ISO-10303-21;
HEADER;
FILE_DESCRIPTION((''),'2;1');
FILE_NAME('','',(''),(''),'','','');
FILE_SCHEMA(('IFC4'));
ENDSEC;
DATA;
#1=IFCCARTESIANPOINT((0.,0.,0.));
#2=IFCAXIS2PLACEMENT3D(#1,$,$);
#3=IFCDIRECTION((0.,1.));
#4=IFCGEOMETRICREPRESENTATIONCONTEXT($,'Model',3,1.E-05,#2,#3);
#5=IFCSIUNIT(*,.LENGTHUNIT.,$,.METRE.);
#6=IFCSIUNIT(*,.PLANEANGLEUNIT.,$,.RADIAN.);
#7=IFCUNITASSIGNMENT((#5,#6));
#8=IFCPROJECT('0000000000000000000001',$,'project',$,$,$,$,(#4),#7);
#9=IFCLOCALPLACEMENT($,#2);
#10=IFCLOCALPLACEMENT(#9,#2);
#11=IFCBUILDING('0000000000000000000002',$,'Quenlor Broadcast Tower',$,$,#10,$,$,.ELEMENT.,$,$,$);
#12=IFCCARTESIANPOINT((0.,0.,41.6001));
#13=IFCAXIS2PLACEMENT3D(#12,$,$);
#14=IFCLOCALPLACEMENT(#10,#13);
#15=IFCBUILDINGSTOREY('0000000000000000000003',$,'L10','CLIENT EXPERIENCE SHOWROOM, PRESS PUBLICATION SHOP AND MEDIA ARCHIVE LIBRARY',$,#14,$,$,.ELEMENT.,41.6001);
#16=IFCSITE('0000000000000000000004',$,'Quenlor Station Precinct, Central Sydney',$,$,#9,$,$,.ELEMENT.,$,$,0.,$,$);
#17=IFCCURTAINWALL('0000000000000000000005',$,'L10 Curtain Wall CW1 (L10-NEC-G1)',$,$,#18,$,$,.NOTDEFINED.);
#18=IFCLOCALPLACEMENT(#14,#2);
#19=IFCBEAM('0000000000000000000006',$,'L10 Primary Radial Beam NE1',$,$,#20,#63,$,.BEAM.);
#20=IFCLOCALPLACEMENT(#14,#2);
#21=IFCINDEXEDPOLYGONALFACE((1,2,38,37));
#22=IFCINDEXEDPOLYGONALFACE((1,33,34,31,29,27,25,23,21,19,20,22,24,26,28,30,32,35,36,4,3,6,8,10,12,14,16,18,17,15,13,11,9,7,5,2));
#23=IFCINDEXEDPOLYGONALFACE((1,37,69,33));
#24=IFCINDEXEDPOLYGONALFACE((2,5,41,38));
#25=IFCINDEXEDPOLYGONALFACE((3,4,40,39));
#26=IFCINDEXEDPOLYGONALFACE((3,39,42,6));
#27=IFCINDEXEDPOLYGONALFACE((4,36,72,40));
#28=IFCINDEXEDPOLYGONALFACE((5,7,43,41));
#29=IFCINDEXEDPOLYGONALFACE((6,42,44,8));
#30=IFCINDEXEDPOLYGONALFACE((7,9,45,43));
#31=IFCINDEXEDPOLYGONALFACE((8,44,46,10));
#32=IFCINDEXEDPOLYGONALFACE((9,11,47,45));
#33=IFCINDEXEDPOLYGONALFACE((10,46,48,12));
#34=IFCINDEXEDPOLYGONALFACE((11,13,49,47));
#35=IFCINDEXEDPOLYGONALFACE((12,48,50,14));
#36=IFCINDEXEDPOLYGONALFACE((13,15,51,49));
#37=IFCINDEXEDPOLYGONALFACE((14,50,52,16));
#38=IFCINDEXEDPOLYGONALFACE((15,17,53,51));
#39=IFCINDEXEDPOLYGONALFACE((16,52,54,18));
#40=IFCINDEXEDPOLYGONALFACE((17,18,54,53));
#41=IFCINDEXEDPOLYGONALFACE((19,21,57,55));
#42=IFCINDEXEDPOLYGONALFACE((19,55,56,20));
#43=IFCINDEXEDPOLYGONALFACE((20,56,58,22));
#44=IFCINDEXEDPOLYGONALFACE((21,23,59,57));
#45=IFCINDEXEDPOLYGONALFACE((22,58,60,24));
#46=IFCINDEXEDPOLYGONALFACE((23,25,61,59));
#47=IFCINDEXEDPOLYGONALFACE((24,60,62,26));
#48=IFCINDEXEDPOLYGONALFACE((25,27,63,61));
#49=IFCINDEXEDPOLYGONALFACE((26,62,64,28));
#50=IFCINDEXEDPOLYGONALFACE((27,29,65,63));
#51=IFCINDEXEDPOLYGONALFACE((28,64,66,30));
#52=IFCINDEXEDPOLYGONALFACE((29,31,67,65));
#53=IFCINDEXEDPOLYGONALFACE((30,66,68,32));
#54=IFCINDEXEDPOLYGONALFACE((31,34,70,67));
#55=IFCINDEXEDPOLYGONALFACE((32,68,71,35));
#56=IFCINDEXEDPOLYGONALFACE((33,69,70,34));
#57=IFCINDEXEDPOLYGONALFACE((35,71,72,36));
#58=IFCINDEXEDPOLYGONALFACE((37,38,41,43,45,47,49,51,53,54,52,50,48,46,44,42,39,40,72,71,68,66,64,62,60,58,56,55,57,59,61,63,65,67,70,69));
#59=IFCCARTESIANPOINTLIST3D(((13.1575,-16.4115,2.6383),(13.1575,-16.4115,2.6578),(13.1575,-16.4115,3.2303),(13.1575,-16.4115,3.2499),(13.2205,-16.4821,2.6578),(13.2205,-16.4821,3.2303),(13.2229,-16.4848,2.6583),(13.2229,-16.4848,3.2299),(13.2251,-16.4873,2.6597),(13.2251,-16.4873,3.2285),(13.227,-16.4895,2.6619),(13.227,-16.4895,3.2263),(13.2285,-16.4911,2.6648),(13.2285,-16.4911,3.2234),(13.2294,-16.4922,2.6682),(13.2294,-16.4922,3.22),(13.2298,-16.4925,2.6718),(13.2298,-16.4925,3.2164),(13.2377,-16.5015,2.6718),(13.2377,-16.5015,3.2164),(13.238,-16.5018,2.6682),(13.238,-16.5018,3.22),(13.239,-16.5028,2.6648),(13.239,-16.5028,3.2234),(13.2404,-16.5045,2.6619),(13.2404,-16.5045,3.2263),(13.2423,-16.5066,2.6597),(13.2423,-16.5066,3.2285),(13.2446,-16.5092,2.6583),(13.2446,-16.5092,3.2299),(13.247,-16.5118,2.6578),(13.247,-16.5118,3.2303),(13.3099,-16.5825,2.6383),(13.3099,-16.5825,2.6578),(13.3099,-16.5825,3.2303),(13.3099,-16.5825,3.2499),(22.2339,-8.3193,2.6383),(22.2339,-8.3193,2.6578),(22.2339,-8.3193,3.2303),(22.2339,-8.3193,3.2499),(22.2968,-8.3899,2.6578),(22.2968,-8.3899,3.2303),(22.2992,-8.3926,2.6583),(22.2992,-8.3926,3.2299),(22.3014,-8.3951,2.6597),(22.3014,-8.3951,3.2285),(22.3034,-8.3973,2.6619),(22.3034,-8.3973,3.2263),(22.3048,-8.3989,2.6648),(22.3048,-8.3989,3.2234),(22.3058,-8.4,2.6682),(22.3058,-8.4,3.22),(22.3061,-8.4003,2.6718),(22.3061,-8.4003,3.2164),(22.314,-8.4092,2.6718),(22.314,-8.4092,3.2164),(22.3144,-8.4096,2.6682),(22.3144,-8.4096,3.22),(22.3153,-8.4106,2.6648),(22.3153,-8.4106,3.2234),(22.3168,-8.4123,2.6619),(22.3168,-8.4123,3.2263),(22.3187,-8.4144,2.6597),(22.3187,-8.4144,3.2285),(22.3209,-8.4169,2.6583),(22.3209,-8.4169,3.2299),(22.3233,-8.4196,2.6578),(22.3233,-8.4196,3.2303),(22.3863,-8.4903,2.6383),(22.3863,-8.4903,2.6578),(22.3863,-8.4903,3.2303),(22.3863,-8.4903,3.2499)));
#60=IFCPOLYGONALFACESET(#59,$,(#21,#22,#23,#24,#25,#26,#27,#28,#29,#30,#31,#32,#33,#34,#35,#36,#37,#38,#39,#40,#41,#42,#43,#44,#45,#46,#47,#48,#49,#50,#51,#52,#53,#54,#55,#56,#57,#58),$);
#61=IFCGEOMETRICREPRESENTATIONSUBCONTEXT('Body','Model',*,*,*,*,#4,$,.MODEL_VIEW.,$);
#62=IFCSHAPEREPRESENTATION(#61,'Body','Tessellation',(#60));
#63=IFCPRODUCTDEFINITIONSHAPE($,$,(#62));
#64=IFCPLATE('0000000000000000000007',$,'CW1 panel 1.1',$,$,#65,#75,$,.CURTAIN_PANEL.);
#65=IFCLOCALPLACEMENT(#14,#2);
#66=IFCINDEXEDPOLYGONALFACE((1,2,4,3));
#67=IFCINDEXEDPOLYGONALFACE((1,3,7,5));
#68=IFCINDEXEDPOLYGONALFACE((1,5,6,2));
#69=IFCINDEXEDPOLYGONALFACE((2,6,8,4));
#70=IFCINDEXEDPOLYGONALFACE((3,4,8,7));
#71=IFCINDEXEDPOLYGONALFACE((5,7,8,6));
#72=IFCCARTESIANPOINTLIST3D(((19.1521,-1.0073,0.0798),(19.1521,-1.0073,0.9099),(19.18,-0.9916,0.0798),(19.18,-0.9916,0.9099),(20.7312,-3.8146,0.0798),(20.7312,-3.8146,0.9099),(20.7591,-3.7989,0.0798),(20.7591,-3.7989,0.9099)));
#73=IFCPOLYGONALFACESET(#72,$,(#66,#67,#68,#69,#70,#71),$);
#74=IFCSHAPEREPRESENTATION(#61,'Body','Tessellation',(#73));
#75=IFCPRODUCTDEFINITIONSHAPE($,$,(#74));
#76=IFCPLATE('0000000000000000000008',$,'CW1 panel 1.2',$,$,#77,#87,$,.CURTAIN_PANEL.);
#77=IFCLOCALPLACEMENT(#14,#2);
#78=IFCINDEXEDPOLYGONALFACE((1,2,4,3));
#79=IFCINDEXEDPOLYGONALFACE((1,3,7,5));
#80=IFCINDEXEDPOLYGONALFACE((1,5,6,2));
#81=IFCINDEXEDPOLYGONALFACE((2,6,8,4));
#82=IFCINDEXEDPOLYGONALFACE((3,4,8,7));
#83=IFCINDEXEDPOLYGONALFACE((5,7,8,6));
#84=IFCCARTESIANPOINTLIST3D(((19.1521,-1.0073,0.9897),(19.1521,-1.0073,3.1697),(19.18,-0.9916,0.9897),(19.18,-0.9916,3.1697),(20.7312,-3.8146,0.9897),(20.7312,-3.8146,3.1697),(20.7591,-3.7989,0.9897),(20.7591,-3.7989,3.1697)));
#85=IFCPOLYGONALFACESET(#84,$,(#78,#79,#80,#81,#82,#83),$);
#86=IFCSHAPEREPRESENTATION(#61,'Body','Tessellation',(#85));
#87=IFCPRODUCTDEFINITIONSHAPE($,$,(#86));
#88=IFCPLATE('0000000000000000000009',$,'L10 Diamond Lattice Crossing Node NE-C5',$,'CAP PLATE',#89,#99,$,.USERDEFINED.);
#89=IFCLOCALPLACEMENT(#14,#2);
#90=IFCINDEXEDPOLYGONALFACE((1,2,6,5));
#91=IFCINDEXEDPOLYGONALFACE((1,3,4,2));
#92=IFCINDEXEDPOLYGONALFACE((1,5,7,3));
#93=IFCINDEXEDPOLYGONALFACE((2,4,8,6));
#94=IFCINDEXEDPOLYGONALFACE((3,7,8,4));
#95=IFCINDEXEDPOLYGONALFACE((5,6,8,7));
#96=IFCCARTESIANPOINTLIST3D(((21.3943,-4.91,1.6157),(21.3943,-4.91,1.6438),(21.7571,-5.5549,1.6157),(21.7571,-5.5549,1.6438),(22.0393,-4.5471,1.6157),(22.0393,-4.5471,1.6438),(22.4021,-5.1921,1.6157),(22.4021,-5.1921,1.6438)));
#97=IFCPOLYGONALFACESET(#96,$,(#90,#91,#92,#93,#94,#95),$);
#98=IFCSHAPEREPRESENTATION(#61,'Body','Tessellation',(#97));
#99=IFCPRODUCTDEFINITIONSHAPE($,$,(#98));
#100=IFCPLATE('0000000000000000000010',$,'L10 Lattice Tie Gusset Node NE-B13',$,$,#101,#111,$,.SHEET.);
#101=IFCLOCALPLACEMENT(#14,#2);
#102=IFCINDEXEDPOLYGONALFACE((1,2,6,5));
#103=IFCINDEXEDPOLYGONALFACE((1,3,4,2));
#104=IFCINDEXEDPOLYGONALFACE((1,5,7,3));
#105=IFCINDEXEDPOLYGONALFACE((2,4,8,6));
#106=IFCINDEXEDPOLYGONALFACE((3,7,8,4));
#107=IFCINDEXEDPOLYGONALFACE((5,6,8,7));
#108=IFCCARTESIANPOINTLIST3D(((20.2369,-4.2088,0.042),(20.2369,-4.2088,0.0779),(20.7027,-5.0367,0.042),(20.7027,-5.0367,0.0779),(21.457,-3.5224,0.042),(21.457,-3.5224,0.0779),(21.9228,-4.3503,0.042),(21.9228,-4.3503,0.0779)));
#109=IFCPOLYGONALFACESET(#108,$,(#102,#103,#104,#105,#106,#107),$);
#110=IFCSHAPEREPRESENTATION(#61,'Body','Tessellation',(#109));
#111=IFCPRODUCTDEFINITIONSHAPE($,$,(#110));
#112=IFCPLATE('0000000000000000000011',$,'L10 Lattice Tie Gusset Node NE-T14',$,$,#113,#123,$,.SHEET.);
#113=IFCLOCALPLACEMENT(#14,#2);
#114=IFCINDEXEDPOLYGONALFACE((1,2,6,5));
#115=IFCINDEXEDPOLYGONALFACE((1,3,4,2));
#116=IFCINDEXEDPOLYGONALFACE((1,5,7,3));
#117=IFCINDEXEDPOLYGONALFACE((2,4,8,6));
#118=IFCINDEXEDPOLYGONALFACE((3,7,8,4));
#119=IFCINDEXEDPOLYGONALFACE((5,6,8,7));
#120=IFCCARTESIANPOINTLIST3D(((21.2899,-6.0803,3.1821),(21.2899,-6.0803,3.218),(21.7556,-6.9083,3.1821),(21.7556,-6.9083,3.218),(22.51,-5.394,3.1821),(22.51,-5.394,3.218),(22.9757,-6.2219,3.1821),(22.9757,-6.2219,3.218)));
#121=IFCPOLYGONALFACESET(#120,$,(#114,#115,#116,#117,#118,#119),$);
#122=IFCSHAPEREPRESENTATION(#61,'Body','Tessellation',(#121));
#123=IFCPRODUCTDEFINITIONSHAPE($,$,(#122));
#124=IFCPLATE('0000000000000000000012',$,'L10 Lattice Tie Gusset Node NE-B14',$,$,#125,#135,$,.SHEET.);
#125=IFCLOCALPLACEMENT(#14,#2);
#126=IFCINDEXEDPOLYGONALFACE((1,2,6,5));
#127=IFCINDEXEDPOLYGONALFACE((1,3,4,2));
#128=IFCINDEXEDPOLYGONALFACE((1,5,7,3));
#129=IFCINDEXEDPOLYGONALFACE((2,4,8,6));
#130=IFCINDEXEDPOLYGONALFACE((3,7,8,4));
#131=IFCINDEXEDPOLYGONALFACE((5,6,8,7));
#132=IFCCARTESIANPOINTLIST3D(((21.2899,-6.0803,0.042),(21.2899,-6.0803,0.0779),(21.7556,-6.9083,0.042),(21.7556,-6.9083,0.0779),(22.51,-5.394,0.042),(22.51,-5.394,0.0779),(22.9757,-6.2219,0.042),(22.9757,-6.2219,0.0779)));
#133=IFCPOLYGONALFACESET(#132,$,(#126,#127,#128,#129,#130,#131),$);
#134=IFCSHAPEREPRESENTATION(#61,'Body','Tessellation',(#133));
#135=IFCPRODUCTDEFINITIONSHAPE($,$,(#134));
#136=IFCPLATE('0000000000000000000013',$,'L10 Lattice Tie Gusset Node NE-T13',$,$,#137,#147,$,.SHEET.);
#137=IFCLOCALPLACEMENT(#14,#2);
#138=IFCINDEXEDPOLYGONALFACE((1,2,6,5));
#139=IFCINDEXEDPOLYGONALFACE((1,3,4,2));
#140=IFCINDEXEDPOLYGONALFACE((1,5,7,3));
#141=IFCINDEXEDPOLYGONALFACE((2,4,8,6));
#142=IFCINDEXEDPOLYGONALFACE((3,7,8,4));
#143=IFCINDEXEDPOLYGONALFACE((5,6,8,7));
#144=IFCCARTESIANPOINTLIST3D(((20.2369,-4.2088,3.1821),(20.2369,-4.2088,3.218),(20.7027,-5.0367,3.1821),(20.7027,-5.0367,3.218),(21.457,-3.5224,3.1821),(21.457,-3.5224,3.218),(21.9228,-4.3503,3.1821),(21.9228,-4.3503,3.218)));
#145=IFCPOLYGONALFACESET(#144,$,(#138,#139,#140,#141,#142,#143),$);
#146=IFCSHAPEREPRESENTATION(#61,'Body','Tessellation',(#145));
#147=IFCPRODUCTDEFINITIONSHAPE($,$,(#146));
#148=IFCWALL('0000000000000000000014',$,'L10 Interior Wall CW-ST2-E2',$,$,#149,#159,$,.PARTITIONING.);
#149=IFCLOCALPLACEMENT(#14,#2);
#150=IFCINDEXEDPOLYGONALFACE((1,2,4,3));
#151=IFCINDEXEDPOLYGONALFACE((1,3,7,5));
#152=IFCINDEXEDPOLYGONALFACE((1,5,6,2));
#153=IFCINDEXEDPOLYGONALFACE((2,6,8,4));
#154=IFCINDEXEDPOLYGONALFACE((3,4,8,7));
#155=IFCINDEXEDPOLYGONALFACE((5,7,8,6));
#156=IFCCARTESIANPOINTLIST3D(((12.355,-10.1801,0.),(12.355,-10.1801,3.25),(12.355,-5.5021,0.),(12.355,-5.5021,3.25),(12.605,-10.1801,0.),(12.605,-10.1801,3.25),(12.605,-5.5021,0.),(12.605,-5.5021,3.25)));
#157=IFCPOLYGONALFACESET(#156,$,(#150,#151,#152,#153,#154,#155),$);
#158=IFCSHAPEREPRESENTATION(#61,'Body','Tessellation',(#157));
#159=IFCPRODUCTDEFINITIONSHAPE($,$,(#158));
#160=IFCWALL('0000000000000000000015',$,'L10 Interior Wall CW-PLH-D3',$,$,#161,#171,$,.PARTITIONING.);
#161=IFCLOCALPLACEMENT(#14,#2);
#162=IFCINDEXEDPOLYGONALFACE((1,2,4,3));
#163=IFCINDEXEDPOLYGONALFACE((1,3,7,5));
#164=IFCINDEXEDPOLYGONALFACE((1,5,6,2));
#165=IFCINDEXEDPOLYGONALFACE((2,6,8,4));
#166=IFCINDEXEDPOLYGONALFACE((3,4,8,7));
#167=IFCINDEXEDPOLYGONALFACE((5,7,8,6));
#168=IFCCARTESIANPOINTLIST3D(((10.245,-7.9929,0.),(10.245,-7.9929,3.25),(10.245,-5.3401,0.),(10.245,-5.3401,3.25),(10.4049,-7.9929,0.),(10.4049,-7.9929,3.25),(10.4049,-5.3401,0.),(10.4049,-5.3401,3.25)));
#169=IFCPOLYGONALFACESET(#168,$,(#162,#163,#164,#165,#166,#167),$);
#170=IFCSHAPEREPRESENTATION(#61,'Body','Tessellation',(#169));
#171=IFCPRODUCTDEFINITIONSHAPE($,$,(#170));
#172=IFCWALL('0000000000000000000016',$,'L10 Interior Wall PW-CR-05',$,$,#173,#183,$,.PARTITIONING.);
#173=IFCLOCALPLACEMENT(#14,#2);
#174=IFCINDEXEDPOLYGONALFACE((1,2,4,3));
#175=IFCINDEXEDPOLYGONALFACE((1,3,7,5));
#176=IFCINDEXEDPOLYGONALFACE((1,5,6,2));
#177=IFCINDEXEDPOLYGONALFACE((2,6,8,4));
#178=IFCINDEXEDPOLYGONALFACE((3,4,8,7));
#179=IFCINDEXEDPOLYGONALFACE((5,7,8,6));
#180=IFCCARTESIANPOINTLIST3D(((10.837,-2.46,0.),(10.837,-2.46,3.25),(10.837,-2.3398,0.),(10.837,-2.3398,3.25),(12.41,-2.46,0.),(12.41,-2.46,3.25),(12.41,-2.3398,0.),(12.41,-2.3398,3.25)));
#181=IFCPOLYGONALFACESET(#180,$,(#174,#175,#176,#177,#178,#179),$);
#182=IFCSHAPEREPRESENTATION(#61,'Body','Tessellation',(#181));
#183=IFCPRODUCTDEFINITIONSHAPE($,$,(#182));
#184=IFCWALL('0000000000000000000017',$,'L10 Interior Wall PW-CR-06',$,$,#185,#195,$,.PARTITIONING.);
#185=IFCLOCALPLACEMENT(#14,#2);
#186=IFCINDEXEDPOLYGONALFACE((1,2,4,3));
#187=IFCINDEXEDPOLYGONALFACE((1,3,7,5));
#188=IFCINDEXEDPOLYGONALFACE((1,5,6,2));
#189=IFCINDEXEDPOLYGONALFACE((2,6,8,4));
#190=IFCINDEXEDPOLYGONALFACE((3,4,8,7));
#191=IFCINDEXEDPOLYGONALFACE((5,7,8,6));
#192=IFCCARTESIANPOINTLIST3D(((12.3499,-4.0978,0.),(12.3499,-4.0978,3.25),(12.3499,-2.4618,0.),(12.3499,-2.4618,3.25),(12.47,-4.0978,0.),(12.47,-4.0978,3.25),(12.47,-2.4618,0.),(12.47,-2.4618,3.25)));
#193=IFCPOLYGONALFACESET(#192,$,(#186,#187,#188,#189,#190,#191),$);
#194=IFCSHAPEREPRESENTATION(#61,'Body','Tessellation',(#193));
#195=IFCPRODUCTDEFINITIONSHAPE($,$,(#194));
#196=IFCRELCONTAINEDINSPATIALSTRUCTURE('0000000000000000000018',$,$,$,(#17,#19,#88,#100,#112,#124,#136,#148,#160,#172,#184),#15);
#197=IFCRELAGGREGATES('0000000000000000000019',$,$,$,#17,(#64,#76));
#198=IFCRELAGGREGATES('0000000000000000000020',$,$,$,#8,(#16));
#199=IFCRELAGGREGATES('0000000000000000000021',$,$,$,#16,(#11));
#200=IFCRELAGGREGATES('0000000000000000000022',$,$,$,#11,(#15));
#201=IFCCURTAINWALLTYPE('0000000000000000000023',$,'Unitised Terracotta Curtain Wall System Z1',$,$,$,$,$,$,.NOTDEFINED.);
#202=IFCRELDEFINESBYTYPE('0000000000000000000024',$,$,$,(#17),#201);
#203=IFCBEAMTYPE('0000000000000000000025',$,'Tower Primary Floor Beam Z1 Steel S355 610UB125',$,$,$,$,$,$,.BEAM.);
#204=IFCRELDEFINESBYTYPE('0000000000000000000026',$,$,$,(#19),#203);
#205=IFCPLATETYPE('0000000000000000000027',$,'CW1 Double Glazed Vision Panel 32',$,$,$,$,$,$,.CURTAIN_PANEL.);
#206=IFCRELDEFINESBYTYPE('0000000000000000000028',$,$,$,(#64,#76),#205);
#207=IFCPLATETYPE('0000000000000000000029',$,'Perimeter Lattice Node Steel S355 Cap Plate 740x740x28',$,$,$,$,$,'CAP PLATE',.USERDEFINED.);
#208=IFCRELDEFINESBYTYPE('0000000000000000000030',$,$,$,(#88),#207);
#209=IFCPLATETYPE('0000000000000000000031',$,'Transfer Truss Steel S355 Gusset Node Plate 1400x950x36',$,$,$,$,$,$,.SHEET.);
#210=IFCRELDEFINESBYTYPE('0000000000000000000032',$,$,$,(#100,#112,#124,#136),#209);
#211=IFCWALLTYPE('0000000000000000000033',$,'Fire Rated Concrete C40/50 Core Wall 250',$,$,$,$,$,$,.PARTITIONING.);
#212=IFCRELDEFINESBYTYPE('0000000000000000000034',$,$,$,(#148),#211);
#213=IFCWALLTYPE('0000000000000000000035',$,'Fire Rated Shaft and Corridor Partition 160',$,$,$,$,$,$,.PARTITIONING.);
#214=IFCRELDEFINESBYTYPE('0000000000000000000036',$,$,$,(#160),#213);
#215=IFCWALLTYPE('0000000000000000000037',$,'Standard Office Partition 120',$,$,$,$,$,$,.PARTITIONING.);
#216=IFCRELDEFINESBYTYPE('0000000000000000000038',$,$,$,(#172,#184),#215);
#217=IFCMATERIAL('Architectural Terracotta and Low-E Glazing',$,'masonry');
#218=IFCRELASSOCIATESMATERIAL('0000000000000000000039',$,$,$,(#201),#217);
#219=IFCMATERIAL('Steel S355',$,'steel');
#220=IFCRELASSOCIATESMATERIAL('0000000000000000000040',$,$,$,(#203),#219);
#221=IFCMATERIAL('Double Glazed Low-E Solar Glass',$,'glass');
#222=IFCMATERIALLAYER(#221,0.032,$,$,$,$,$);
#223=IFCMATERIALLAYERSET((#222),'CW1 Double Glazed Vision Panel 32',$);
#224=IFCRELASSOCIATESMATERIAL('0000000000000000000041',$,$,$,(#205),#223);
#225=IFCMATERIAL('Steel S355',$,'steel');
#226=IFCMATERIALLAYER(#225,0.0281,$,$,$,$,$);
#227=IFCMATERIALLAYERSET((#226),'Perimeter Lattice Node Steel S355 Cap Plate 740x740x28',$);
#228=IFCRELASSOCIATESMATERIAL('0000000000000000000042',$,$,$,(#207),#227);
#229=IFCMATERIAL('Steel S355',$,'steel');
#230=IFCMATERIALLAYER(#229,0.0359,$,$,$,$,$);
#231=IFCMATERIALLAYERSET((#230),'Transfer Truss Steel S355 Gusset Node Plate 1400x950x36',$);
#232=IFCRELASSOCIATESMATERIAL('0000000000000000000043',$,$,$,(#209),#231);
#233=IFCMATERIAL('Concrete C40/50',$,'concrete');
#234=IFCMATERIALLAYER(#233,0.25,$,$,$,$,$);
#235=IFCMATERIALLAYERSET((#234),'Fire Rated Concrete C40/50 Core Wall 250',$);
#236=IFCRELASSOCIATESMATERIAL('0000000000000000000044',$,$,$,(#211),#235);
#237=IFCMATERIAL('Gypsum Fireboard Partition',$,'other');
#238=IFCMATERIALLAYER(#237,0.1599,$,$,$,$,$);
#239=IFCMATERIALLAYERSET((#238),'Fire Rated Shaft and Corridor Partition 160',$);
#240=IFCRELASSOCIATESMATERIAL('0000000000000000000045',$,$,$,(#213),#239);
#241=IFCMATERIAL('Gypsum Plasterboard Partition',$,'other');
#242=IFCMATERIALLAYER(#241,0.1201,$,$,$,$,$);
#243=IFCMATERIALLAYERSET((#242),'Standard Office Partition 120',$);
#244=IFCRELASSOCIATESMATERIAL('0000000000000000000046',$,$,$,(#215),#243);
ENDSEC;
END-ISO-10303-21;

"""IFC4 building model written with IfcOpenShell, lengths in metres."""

from ifc_helpers import new_model, si_unit, direction, frame, frame_2d, origin, origin_2d, place, context, subcontext, project, spatial, rectangle, i_section, extrude, material, layer, layer_set, material_profile, profile_set, type_object, element, aggregate, save


model = new_model("IFC4")

# Units and contexts
model_context = context("Model", 3, precision=1e-05, world=origin(), true_north=direction((0.0, 1.0)))
body_context = subcontext(model_context, "Body", "Model", "MODEL_VIEW")
ifc_project = project(units=[si_unit("LENGTHUNIT", "METRE"), si_unit("PLANEANGLEUNIT", "RADIAN")], contexts=[model_context])

# Site, building, storey
site_placement = place(None, origin())
site = spatial("IfcSite", under=ifc_project, at=site_placement, Name="Quenlor Station Precinct, Central Sydney", CompositionType="ELEMENT", RefElevation=0.0)
building_placement = place(site_placement, origin())
building = spatial("IfcBuilding", under=site, at=building_placement, Name="Quenlor Broadcast Tower", CompositionType="ELEMENT")
storey_placement = place(building_placement, frame((0.0, 0.0, 41.6001)))
storey = spatial("IfcBuildingStorey", under=building, at=storey_placement, Name="L10", Description="CLIENT EXPERIENCE SHOWROOM, PRESS PUBLICATION SHOP AND MEDIA ARCHIVE LIBRARY", CompositionType="ELEMENT", Elevation=41.6001)

# Curtain wall
ifc_material_1 = material(Name="Architectural Terracotta and Low-E Glazing", Category="masonry")
curtain_wall_type = type_object("IfcCurtainWallType", Name="Unitised Terracotta Curtain Wall System Z1", PredefinedType="NOTDEFINED", material=ifc_material_1)
curtain_wall_placement = place(storey_placement, origin())
curtain_wall = element("IfcCurtainWall", 1, at=curtain_wall_placement, inside=storey, type_object=curtain_wall_type, Name="L10 Curtain Wall CW1 (L10-NEC-G1)", PredefinedType="NOTDEFINED")

# Beam
ifc_material_2 = material(Name="Steel S355", Category="steel")
ifc_material_profile_1 = material_profile(ifc_material_2, i_section(OverallWidth=0.229, OverallDepth=0.6116, WebThickness=0.012, FlangeThickness=0.0195, FilletRadius=0.0139, at=origin_2d()))
ifc_profile_set_1 = profile_set([ifc_material_profile_1], Name="Steel S355 610UB125")
beam_type_1 = type_object("IfcBeamType", Name="Tower Primary Floor Beam Z1 Steel S355 610UB125", PredefinedType="BEAM", material=ifc_profile_set_1)
beam_1_placement = place(storey_placement, frame((22.3101, -8.4048, 2.9441), z_axis=(-0.746414, -0.665482, 0.0), x_axis=(0.665482, -0.746414, 0.0)))
element("IfcBeam", 2, at=beam_1_placement, inside=storey, type_object=beam_type_1, Name="L10 Primary Radial Beam NE1", PredefinedType="BEAM", context=body_context, shape_type="SweptSolid", body=[
    extrude(i_section(OverallWidth=0.229, OverallDepth=0.6116, WebThickness=0.012, FlangeThickness=0.0195, FilletRadius=0.0139, at=origin_2d()), origin(), (0.0, 0.0, 1.0), 12.1599),
])

# Plates
ifc_material_3 = material(Name="Double Glazed Low-E Solar Glass", Category="glass")
ifc_layer_1 = layer(ifc_material_3, 0.032)
ifc_layer_set_1 = layer_set([ifc_layer_1], Name="CW1 Double Glazed Vision Panel 32")
plate_type_1 = type_object("IfcPlateType", Name="CW1 Double Glazed Vision Panel 32", PredefinedType="CURTAIN_PANEL", material=ifc_layer_set_1)
plate_1_placement = place(storey_placement, frame((19.9556, -2.4031, 0.0798), z_axis=(0.0, 0.0, 1.0), x_axis=(0.490257, -0.871578, 0.0)))
plate_1 = element("IfcPlate", 3, at=plate_1_placement, type_object=plate_type_1, Name="CW1 panel 1.1", PredefinedType="CURTAIN_PANEL", context=body_context, shape_type="SweptSolid", body=[
    extrude(rectangle(XDim=3.2209, YDim=0.032, at=origin_2d()), origin(), (0.0, 0.0, 1.0), 0.8301),
])
plate_2_placement = place(storey_placement, frame((19.9556, -2.4031, 0.9897), z_axis=(0.0, 0.0, 1.0), x_axis=(0.490257, -0.871578, 0.0)))
plate_2 = element("IfcPlate", 4, at=plate_2_placement, type_object=plate_type_1, Name="CW1 panel 1.2", PredefinedType="CURTAIN_PANEL", context=body_context, shape_type="SweptSolid", body=[
    extrude(rectangle(XDim=3.2209, YDim=0.032, at=origin_2d()), origin(), (0.0, 0.0, 1.0), 2.1799),
])
aggregate(curtain_wall, [plate_1, plate_2])

# Plates
ifc_material_4 = material(Name="Steel S355", Category="steel")
ifc_layer_2 = layer(ifc_material_4, 0.0281)
ifc_layer_set_2 = layer_set([ifc_layer_2], Name="Perimeter Lattice Node Steel S355 Cap Plate 740x740x28")
plate_type_2 = type_object("IfcPlateType", Name="Perimeter Lattice Node Steel S355 Cap Plate 740x740x28", ElementType="CAP PLATE", PredefinedType="USERDEFINED", material=ifc_layer_set_2)
plate_3_placement = place(storey_placement, frame((21.8982, -5.051, 1.6157), z_axis=(0.0, 0.0, 1.0), x_axis=(0.490295, -0.871556, 0.0)))
element("IfcPlate", 5, at=plate_3_placement, inside=storey, type_object=plate_type_2, Name="L10 Diamond Lattice Crossing Node NE-C5", ObjectType="CAP PLATE", PredefinedType="USERDEFINED", context=body_context, shape_type="SweptSolid", body=[
    extrude(rectangle(XDim=0.74, YDim=0.74, at=origin_2d()), origin(), (0.0, 0.0, 1.0), 0.0281),
])
ifc_material_5 = material(Name="Steel S355", Category="steel")
ifc_layer_3 = layer(ifc_material_5, 0.0359)
ifc_layer_set_3 = layer_set([ifc_layer_3], Name="Transfer Truss Steel S355 Gusset Node Plate 1400x950x36")
plate_type_3 = type_object("IfcPlateType", Name="Transfer Truss Steel S355 Gusset Node Plate 1400x950x36", PredefinedType="SHEET", material=ifc_layer_set_3)
for number, where, z_axis, x_axis, name in (
    (6, (21.0798, -4.2795, 0.042), (0.0, 0.0, 1.0), (0.871556, 0.490295, 0.0), "L10 Lattice Tie Gusset Node NE-B13"),
    (7, (22.1328, -6.1511, 3.1821), (0.0, 0.0, 1.0), (0.871556, 0.490295, 0.0), "L10 Lattice Tie Gusset Node NE-T14"),
    (8, (22.1328, -6.1511, 0.042), (0.0, 0.0, 1.0), (0.871556, 0.490295, 0.0), "L10 Lattice Tie Gusset Node NE-B14"),
    (9, (21.0798, -4.2795, 3.1821), (0.0, 0.0, 1.0), (0.871556, 0.490295, 0.0), "L10 Lattice Tie Gusset Node NE-T13"),
):
    element("IfcPlate", number, at=place(storey_placement, frame(where, z_axis=z_axis, x_axis=x_axis)), inside=storey, type_object=plate_type_3, Name=name, PredefinedType="SHEET", context=body_context, shape_type="SweptSolid", body=[
        extrude(rectangle(XDim=1.3999, YDim=0.95, at=origin_2d()), origin(), (0.0, 0.0, 1.0), 0.0359),
    ])

# Walls
ifc_material_6 = material(Name="Concrete C40/50", Category="concrete")
ifc_layer_4 = layer(ifc_material_6, 0.25)
ifc_layer_set_4 = layer_set([ifc_layer_4], Name="Fire Rated Concrete C40/50 Core Wall 250")
wall_type_1 = type_object("IfcWallType", Name="Fire Rated Concrete C40/50 Core Wall 250", PredefinedType="PARTITIONING", material=ifc_layer_set_4)
wall_1_placement = place(storey_placement, frame((12.48, -10.1799, 0.0), z_axis=(0.0, 0.0, 1.0), x_axis=(0.0, 1.0, 0.0)))
element("IfcWall", 10, at=wall_1_placement, inside=storey, type_object=wall_type_1, Name="L10 Interior Wall CW-ST2-E2", PredefinedType="PARTITIONING", context=body_context, shape_type="SweptSolid", body=[
    extrude(rectangle(XDim=4.678, YDim=0.25, at=frame_2d((2.3389, 0.0))), origin(), (0.0, 0.0, 1.0), 3.25),
])
ifc_material_7 = material(Name="Gypsum Fireboard Partition", Category="other")
ifc_layer_5 = layer(ifc_material_7, 0.1599)
ifc_layer_set_5 = layer_set([ifc_layer_5], Name="Fire Rated Shaft and Corridor Partition 160")
wall_type_2 = type_object("IfcWallType", Name="Fire Rated Shaft and Corridor Partition 160", PredefinedType="PARTITIONING", material=ifc_layer_set_5)
wall_2_placement = place(storey_placement, frame((10.325, -7.9929, 0.0), z_axis=(0.0, 0.0, 1.0), x_axis=(0.0, 1.0, 0.0)))
element("IfcWall", 11, at=wall_2_placement, inside=storey, type_object=wall_type_2, Name="L10 Interior Wall CW-PLH-D3", PredefinedType="PARTITIONING", context=body_context, shape_type="SweptSolid", body=[
    extrude(rectangle(XDim=2.6528, YDim=0.1599, at=frame_2d((1.3264, 0.0))), origin(), (0.0, 0.0, 1.0), 3.25),
])
ifc_material_8 = material(Name="Gypsum Plasterboard Partition", Category="other")
ifc_layer_6 = layer(ifc_material_8, 0.1201)
ifc_layer_set_6 = layer_set([ifc_layer_6], Name="Standard Office Partition 120")
wall_type_3 = type_object("IfcWallType", Name="Standard Office Partition 120", PredefinedType="PARTITIONING", material=ifc_layer_set_6)
wall_3_placement = place(storey_placement, frame((10.8369, -2.3999, 0.0), z_axis=(0.0, 0.0, 1.0), x_axis=(1.0, 0.0, 0.0)))
element("IfcWall", 12, at=wall_3_placement, inside=storey, type_object=wall_type_3, Name="L10 Interior Wall PW-CR-05", PredefinedType="PARTITIONING", context=body_context, shape_type="SweptSolid", body=[
    extrude(rectangle(XDim=1.573, YDim=0.1201, at=frame_2d((0.7866, 0.0))), origin(), (0.0, 0.0, 1.0), 3.25),
])
wall_4_placement = place(storey_placement, frame((12.4099, -2.4619, 0.0), z_axis=(0.0, 0.0, 1.0), x_axis=(0.0, -1.0, 0.0)))
element("IfcWall", 13, at=wall_4_placement, inside=storey, type_object=wall_type_3, Name="L10 Interior Wall PW-CR-06", PredefinedType="PARTITIONING", context=body_context, shape_type="SweptSolid", body=[
    extrude(rectangle(XDim=1.636, YDim=0.1201, at=frame_2d((0.8179, 0.0))), origin(), (0.0, 0.0, 1.0), 3.25),
])

save(model, "model.ifc")
